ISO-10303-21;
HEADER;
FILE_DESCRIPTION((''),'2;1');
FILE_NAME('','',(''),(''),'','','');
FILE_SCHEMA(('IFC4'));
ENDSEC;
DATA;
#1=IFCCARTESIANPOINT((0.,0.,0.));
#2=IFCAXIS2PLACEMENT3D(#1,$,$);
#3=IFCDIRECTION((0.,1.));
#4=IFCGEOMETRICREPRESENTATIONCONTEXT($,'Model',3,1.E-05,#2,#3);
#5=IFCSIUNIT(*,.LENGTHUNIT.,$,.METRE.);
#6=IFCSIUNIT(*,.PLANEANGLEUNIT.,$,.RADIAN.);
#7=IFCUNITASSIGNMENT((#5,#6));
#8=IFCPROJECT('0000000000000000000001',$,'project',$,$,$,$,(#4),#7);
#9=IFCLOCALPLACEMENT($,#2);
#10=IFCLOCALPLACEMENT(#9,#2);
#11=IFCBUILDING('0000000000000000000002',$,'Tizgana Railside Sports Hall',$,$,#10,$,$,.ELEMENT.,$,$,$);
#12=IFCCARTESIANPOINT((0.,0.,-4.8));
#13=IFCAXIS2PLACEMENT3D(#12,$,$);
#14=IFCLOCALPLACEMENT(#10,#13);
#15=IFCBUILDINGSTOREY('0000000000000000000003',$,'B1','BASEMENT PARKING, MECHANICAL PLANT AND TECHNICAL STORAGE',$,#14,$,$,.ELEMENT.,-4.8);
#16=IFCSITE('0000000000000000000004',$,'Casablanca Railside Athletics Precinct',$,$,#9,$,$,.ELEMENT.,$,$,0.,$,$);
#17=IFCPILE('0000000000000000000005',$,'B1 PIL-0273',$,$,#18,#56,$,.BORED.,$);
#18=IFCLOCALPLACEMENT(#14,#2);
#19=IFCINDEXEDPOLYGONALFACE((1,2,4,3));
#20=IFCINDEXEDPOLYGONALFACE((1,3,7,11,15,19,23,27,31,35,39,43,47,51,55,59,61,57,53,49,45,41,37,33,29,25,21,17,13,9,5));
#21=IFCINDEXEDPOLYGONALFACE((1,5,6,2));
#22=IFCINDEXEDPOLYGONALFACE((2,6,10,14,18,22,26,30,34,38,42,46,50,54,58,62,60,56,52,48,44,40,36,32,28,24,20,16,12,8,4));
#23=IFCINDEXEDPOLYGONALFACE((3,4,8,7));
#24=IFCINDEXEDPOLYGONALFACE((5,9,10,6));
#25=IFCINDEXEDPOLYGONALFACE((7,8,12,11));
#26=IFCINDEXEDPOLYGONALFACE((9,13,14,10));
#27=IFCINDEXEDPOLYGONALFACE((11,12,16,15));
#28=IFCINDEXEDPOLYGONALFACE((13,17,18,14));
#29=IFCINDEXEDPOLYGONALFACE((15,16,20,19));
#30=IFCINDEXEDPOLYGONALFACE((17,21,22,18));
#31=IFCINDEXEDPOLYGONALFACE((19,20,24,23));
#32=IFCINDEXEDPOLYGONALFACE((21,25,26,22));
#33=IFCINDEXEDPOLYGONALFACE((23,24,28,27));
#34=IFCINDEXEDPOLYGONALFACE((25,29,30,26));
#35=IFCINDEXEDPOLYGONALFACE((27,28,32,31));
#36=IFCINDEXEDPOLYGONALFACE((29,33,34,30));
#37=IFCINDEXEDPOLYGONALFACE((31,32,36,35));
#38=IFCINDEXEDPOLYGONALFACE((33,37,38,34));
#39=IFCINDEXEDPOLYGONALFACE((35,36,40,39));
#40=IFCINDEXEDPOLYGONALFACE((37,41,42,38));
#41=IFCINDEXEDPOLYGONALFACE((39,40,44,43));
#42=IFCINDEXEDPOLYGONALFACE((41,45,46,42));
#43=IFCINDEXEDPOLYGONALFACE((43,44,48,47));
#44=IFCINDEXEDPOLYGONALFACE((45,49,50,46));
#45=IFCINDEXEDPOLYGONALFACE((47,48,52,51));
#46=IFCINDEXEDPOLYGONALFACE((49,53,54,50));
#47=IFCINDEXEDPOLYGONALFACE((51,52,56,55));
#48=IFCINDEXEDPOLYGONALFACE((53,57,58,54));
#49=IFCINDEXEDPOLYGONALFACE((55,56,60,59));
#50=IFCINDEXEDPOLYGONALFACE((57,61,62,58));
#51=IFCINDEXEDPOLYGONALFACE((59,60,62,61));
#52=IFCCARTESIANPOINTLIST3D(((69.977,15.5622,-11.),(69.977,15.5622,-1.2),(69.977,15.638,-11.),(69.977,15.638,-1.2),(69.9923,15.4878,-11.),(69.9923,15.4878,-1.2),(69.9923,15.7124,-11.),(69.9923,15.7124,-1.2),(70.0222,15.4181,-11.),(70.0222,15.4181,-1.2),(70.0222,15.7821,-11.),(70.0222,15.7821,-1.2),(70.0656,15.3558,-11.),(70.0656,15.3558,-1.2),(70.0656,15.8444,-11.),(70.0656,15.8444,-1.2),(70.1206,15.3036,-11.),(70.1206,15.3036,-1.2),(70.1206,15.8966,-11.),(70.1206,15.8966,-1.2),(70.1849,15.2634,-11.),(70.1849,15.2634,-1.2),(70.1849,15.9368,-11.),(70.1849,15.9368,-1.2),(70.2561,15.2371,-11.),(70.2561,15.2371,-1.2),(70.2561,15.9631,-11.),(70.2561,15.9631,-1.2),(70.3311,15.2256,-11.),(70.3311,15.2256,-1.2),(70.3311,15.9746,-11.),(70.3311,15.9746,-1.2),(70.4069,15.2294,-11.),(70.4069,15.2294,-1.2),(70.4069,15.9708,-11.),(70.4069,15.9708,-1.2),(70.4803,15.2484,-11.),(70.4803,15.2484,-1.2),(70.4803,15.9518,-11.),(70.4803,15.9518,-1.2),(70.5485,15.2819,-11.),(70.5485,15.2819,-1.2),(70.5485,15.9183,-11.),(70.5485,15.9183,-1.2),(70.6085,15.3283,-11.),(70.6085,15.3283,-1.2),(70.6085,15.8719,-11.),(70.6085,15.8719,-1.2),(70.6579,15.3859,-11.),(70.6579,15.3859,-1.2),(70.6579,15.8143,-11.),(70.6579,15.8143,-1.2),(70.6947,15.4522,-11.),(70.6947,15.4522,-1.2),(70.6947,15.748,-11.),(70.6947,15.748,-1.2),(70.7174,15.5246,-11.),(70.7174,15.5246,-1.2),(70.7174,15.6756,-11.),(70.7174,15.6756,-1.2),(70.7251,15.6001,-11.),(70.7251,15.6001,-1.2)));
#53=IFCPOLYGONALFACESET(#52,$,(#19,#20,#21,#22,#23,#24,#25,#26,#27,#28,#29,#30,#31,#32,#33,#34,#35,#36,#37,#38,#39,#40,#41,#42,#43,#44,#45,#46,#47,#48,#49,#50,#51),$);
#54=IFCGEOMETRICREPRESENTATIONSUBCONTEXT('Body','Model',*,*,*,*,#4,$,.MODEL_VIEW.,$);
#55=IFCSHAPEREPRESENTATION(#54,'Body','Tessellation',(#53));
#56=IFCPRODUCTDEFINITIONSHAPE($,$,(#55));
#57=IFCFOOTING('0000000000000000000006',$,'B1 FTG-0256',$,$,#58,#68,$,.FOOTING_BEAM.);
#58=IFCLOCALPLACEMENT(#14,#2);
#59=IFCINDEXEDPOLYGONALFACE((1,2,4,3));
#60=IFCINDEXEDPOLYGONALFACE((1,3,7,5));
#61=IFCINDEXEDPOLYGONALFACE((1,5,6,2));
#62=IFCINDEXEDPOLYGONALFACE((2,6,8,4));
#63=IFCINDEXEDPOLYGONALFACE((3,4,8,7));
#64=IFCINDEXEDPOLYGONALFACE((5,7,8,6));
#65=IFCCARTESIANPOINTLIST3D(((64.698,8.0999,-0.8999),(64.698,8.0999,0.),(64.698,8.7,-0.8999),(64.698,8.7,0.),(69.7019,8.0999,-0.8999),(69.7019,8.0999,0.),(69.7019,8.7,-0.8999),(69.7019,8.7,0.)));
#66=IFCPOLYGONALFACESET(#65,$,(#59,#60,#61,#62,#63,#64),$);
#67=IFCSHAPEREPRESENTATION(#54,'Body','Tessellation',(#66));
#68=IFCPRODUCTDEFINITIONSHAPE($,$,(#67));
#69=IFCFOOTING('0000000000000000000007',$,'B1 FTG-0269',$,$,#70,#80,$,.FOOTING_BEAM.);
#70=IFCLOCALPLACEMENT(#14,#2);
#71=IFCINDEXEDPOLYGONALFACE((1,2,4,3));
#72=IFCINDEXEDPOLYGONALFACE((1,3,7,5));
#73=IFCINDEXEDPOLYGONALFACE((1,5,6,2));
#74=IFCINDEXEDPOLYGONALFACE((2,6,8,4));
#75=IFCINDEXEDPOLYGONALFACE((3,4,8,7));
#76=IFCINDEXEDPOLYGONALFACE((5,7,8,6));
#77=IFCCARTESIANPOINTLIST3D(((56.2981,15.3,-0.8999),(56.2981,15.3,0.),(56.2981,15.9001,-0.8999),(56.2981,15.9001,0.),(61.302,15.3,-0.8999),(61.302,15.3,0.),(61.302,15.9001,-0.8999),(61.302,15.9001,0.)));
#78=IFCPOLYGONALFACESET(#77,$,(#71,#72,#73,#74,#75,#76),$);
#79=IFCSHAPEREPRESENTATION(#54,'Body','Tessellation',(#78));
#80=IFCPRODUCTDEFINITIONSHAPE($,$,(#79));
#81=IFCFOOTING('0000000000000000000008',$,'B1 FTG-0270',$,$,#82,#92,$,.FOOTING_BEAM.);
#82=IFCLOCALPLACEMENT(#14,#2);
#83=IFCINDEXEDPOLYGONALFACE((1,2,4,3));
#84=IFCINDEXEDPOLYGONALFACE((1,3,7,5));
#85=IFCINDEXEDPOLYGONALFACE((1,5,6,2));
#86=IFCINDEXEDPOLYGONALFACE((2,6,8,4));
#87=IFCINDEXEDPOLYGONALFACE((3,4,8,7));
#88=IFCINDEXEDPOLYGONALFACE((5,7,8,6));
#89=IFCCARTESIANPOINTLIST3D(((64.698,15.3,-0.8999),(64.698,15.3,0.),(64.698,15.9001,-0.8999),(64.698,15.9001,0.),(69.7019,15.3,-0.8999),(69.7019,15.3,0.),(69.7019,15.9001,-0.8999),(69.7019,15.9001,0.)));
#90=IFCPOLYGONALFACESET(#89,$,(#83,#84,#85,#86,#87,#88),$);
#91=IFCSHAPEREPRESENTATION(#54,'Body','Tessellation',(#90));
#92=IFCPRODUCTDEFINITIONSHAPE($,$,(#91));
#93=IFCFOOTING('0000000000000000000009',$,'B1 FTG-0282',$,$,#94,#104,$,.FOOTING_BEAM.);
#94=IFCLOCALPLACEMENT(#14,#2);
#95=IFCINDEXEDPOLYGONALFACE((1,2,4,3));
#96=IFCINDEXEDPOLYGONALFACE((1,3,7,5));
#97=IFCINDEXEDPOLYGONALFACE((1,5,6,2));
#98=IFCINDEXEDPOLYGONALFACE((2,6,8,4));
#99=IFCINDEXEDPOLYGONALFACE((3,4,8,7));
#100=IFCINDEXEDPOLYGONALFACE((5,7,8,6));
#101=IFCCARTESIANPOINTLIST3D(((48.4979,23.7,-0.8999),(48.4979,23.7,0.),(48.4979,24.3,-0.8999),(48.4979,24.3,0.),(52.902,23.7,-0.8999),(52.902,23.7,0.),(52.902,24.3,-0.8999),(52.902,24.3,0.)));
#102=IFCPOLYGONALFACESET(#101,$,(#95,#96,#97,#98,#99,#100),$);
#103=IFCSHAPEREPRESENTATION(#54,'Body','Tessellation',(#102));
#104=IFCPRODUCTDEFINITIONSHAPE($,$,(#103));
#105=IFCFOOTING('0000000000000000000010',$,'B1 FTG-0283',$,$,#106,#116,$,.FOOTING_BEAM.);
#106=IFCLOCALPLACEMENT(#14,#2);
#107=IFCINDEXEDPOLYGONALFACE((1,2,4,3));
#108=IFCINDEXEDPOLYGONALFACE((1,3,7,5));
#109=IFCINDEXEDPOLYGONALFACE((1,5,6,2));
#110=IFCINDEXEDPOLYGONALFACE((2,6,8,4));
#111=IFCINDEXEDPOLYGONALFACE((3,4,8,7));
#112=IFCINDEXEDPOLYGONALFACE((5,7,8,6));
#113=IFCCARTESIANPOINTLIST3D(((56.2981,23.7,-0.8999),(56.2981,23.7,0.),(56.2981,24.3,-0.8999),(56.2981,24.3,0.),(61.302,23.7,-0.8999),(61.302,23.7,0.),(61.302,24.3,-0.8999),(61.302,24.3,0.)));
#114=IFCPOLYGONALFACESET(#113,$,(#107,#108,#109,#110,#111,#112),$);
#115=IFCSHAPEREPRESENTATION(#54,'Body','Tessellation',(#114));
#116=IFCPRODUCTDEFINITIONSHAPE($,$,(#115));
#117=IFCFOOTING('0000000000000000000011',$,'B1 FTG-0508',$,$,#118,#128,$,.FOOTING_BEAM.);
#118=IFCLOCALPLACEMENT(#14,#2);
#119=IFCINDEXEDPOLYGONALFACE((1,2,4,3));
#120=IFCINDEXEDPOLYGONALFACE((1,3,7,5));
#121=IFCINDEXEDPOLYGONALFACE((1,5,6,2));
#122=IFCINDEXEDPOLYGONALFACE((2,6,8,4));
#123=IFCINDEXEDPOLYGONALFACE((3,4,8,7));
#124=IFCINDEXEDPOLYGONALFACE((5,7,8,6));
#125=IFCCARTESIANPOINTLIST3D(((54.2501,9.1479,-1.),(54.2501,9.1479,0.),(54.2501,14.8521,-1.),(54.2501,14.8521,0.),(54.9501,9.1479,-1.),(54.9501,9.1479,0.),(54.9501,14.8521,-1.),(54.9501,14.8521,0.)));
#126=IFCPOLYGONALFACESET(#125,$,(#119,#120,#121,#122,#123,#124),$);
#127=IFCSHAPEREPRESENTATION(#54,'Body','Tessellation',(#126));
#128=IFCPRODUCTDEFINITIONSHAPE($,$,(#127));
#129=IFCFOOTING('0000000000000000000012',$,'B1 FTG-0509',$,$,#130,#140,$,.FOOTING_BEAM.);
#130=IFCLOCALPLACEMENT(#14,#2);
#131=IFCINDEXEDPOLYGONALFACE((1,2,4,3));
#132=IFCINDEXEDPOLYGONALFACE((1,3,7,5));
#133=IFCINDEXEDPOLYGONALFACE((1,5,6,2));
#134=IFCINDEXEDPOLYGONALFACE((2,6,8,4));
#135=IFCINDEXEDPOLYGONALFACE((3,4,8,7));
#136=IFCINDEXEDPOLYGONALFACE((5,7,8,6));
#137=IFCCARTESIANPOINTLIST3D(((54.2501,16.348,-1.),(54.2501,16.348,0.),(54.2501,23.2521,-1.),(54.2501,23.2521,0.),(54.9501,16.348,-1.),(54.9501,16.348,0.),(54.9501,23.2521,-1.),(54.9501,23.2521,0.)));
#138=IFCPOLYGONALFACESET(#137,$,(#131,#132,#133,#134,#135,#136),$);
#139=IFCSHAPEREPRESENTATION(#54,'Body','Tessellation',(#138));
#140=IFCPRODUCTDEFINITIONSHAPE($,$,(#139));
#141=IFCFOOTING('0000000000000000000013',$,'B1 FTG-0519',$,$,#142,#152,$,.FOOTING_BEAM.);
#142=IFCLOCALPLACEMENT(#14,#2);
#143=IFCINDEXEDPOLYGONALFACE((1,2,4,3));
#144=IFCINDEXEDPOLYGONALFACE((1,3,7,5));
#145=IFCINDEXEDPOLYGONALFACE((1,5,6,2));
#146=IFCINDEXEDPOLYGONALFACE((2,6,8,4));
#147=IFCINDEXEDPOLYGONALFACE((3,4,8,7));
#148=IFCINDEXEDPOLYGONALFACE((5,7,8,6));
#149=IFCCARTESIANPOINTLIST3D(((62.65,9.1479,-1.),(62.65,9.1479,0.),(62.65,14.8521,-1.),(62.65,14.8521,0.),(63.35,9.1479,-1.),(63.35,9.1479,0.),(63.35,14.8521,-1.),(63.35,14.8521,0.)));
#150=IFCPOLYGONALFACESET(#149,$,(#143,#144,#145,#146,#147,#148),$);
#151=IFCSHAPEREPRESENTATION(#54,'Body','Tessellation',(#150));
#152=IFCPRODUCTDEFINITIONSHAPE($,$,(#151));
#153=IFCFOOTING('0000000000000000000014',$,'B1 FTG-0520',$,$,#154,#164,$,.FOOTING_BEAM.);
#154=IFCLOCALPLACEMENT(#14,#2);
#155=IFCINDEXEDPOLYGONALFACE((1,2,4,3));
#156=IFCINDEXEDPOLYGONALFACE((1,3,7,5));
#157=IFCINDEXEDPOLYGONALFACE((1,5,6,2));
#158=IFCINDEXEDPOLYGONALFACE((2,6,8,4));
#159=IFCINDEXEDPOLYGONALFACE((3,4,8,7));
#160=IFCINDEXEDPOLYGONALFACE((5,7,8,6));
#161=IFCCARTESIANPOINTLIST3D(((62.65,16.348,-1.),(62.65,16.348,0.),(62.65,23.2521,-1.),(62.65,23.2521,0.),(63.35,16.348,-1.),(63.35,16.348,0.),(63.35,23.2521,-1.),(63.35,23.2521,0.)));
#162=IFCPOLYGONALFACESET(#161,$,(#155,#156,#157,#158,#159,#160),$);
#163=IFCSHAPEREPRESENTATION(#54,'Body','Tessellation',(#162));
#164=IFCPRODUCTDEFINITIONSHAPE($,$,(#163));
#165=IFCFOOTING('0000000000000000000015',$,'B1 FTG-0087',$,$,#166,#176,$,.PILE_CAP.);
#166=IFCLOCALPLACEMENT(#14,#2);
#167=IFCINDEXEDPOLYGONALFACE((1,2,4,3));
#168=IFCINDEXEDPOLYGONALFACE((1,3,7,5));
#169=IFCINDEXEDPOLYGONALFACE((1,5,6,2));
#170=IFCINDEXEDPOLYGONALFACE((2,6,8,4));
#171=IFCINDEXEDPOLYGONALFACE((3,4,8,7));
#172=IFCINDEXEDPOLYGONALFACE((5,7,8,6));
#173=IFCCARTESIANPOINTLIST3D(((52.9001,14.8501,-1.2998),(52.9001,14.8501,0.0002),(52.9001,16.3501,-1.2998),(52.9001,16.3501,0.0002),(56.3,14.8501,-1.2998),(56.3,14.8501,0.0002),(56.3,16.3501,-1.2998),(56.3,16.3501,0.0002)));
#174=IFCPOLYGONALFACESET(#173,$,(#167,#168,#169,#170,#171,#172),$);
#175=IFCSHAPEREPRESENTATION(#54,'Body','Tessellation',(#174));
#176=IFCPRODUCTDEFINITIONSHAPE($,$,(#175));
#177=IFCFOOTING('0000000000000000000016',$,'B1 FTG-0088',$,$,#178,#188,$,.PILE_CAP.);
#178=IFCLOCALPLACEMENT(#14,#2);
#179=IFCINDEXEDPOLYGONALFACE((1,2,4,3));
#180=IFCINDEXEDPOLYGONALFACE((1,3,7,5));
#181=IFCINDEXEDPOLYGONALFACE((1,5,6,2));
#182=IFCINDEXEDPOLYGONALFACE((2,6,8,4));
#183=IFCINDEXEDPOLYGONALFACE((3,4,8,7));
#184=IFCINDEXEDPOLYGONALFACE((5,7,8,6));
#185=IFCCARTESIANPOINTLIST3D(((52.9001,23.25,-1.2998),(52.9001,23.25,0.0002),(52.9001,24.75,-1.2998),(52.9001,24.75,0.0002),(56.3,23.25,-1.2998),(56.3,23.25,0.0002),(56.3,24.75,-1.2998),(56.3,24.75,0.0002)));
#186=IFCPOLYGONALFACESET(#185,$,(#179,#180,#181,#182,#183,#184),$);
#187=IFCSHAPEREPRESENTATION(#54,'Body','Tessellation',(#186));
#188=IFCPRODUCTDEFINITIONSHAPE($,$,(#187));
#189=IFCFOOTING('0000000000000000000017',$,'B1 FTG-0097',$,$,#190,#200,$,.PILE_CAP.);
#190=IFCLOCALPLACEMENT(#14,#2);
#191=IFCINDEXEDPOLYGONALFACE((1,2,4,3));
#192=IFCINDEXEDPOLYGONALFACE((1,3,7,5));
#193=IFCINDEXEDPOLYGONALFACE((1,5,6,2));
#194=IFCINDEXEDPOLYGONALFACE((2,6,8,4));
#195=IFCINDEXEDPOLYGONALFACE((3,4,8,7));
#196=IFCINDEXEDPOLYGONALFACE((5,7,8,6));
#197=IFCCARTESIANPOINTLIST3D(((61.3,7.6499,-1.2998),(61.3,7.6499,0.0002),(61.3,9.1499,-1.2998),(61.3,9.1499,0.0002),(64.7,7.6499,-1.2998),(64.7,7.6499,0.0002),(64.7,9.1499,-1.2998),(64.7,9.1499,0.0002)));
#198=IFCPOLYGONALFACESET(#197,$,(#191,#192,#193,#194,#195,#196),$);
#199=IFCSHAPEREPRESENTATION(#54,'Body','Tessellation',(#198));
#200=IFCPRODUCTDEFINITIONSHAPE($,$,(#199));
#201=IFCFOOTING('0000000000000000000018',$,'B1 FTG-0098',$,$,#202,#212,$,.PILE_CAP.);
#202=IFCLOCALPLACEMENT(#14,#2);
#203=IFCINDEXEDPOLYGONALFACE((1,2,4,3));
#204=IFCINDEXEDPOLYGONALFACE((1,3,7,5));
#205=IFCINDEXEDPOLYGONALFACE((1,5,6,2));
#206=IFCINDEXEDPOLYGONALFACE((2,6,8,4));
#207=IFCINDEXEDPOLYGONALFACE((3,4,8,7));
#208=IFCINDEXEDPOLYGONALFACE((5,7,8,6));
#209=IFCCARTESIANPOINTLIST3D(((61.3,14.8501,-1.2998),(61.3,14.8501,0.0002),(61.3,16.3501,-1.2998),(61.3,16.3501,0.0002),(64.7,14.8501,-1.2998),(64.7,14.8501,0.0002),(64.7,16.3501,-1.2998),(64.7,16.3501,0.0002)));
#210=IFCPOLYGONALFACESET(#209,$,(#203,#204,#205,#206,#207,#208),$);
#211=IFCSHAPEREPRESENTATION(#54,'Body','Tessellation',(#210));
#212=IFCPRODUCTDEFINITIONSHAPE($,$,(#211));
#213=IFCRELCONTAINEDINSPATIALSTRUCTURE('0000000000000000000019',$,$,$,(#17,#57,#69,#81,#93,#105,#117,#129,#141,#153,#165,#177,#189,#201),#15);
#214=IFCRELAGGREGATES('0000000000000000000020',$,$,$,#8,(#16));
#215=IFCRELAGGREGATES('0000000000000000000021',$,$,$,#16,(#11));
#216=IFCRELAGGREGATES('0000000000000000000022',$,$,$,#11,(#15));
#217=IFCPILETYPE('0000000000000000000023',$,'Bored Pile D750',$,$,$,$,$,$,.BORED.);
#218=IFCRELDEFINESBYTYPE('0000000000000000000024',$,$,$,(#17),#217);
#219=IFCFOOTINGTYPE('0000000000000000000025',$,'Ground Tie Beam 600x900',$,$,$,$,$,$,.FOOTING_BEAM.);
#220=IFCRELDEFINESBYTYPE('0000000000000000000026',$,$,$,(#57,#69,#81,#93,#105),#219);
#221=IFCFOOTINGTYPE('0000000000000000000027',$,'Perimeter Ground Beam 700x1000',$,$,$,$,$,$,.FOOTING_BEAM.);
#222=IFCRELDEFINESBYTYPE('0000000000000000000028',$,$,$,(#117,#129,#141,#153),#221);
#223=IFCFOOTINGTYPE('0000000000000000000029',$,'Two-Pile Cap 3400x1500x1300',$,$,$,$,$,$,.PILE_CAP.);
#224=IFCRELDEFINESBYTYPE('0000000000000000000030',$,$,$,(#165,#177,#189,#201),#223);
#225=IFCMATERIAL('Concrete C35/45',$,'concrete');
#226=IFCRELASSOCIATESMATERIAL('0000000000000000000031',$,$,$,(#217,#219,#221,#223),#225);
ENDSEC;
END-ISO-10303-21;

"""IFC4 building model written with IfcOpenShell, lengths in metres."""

from ifc_helpers import new_model, si_unit, direction, frame, origin, origin_2d, place, context, subcontext, project, spatial, rectangle, circle, extrude, material, material_profile, profile_set, type_object, element, save


model = new_model("IFC4")

# Units and contexts
model_context = context("Model", 3, precision=1e-05, world=origin(), true_north=direction((0.0, 1.0)))
body_context = subcontext(model_context, "Body", "Model", "MODEL_VIEW")
ifc_project = project(units=[si_unit("LENGTHUNIT", "METRE"), si_unit("PLANEANGLEUNIT", "RADIAN")], contexts=[model_context])

# Site, building, storey
site_placement = place(None, origin())
site = spatial("IfcSite", under=ifc_project, at=site_placement, Name="Casablanca Railside Athletics Precinct", CompositionType="ELEMENT", RefElevation=0.0)
building_placement = place(site_placement, origin())
building = spatial("IfcBuilding", under=site, at=building_placement, Name="Tizgana Railside Sports Hall", CompositionType="ELEMENT")
storey_placement = place(building_placement, frame((0.0, 0.0, -4.8)))
storey = spatial("IfcBuildingStorey", under=building, at=storey_placement, Name="B1", Description="BASEMENT PARKING, MECHANICAL PLANT AND TECHNICAL STORAGE", CompositionType="ELEMENT", Elevation=-4.8)

# Pile
ifc_material_1 = material(Name="Concrete C35/45", Category="concrete")
ifc_material_profile_1 = material_profile(ifc_material_1, circle(Radius=0.375, at=origin_2d()), Name="PILE D750")
ifc_profile_set_1 = profile_set([ifc_material_profile_1], Name="Concrete C35/45")
pile_type = type_object("IfcPileType", Name="Bored Pile D750", PredefinedType="BORED", material=ifc_profile_set_1)
for number, where, z_axis, x_axis, name in (
    (1, (70.3501, 15.6001, -1.2), (0.0, 0.0, -1.0), (1.0, 0.0, 0.0), "B1 PIL-0273"),
):
    element("IfcPile", number, at=place(storey_placement, frame(where, z_axis=z_axis, x_axis=x_axis)), inside=storey, type_object=pile_type, Name=name, PredefinedType="BORED", context=body_context, shape_type="SweptSolid", body=[
        extrude(circle(Radius=0.375, at=origin_2d()), origin(), (0.0, 0.0, 1.0), 9.8),
    ])

# Footings
footing_type_1 = type_object("IfcFootingType", Name="Ground Tie Beam 600x900", PredefinedType="FOOTING_BEAM", material=ifc_material_1)
for number, where, z_axis, x_axis, name in (
    (2, (67.2, 8.3999, -0.8999), (0.0, 0.0, 1.0), (1.0, 0.0, 0.0), "B1 FTG-0256"),
    (3, (58.8, 15.6001, -0.8999), (0.0, 0.0, 1.0), (1.0, 0.0, 0.0), "B1 FTG-0269"),
    (4, (67.2, 15.6001, -0.8999), (0.0, 0.0, 1.0), (1.0, 0.0, 0.0), "B1 FTG-0270"),
):
    element("IfcFooting", number, at=place(storey_placement, frame(where, z_axis=z_axis, x_axis=x_axis)), inside=storey, type_object=footing_type_1, Name=name, PredefinedType="FOOTING_BEAM", context=body_context, shape_type="SweptSolid", body=[
        extrude(rectangle(XDim=5.0039, YDim=0.6001, at=origin_2d()), origin(), (0.0, 0.0, 1.0), 0.8999),
    ])
footing_1_placement = place(storey_placement, frame((50.7, 24.0, -0.8999), z_axis=(0.0, 0.0, 1.0), x_axis=(1.0, 0.0, 0.0)))
element("IfcFooting", 5, at=footing_1_placement, inside=storey, type_object=footing_type_1, Name="B1 FTG-0282", PredefinedType="FOOTING_BEAM", context=body_context, shape_type="SweptSolid", body=[
    extrude(rectangle(XDim=4.4041, YDim=0.6001, at=origin_2d()), origin(), (0.0, 0.0, 1.0), 0.8999),
])
footing_2_placement = place(storey_placement, frame((58.8, 24.0, -0.8999), z_axis=(0.0, 0.0, 1.0), x_axis=(1.0, 0.0, 0.0)))
element("IfcFooting", 6, at=footing_2_placement, inside=storey, type_object=footing_type_1, Name="B1 FTG-0283", PredefinedType="FOOTING_BEAM", context=body_context, shape_type="SweptSolid", body=[
    extrude(rectangle(XDim=5.0039, YDim=0.6001, at=origin_2d()), origin(), (0.0, 0.0, 1.0), 0.8999),
])
footing_type_2 = type_object("IfcFootingType", Name="Perimeter Ground Beam 700x1000", PredefinedType="FOOTING_BEAM", material=ifc_material_1)
footing_3_placement = place(storey_placement, frame((54.6001, 12.0, -1.0), z_axis=(0.0, 0.0, 1.0), x_axis=(0.0, 1.0, 0.0)))
element("IfcFooting", 7, at=footing_3_placement, inside=storey, type_object=footing_type_2, Name="B1 FTG-0508", PredefinedType="FOOTING_BEAM", context=body_context, shape_type="SweptSolid", body=[
    extrude(rectangle(XDim=5.7041, YDim=0.7, at=origin_2d()), origin(), (0.0, 0.0, 1.0), 1.0),
])
footing_4_placement = place(storey_placement, frame((54.6001, 19.8, -1.0), z_axis=(0.0, 0.0, 1.0), x_axis=(0.0, 1.0, 0.0)))
element("IfcFooting", 8, at=footing_4_placement, inside=storey, type_object=footing_type_2, Name="B1 FTG-0509", PredefinedType="FOOTING_BEAM", context=body_context, shape_type="SweptSolid", body=[
    extrude(rectangle(XDim=6.9041, YDim=0.7, at=origin_2d()), origin(), (0.0, 0.0, 1.0), 1.0),
])
footing_5_placement = place(storey_placement, frame((63.0, 12.0, -1.0), z_axis=(0.0, 0.0, 1.0), x_axis=(0.0, 1.0, 0.0)))
element("IfcFooting", 9, at=footing_5_placement, inside=storey, type_object=footing_type_2, Name="B1 FTG-0519", PredefinedType="FOOTING_BEAM", context=body_context, shape_type="SweptSolid", body=[
    extrude(rectangle(XDim=5.7041, YDim=0.7, at=origin_2d()), origin(), (0.0, 0.0, 1.0), 1.0),
])
footing_6_placement = place(storey_placement, frame((63.0, 19.8, -1.0), z_axis=(0.0, 0.0, 1.0), x_axis=(0.0, 1.0, 0.0)))
element("IfcFooting", 10, at=footing_6_placement, inside=storey, type_object=footing_type_2, Name="B1 FTG-0520", PredefinedType="FOOTING_BEAM", context=body_context, shape_type="SweptSolid", body=[
    extrude(rectangle(XDim=6.9041, YDim=0.7, at=origin_2d()), origin(), (0.0, 0.0, 1.0), 1.0),
])
footing_type_3 = type_object("IfcFootingType", Name="Two-Pile Cap 3400x1500x1300", PredefinedType="PILE_CAP", material=ifc_material_1)
for number, where, z_axis, x_axis, name in (
    (11, (54.6001, 15.6001, -1.2998), (0.0, 0.0, 1.0), (1.0, 0.0, 0.0), "B1 FTG-0087"),
    (12, (54.6001, 24.0, -1.2998), (0.0, 0.0, 1.0), (1.0, 0.0, 0.0), "B1 FTG-0088"),
    (13, (63.0, 8.3999, -1.2998), (0.0, 0.0, 1.0), (1.0, 0.0, 0.0), "B1 FTG-0097"),
    (14, (63.0, 15.6001, -1.2998), (0.0, 0.0, 1.0), (1.0, 0.0, 0.0), "B1 FTG-0098"),
):
    element("IfcFooting", number, at=place(storey_placement, frame(where, z_axis=z_axis, x_axis=x_axis)), inside=storey, type_object=footing_type_3, Name=name, PredefinedType="PILE_CAP", context=body_context, shape_type="SweptSolid", body=[
        extrude(rectangle(XDim=3.3999, YDim=1.5, at=origin_2d()), origin(), (0.0, 0.0, 1.0), 1.3),
    ])

save(model, "model.ifc")
